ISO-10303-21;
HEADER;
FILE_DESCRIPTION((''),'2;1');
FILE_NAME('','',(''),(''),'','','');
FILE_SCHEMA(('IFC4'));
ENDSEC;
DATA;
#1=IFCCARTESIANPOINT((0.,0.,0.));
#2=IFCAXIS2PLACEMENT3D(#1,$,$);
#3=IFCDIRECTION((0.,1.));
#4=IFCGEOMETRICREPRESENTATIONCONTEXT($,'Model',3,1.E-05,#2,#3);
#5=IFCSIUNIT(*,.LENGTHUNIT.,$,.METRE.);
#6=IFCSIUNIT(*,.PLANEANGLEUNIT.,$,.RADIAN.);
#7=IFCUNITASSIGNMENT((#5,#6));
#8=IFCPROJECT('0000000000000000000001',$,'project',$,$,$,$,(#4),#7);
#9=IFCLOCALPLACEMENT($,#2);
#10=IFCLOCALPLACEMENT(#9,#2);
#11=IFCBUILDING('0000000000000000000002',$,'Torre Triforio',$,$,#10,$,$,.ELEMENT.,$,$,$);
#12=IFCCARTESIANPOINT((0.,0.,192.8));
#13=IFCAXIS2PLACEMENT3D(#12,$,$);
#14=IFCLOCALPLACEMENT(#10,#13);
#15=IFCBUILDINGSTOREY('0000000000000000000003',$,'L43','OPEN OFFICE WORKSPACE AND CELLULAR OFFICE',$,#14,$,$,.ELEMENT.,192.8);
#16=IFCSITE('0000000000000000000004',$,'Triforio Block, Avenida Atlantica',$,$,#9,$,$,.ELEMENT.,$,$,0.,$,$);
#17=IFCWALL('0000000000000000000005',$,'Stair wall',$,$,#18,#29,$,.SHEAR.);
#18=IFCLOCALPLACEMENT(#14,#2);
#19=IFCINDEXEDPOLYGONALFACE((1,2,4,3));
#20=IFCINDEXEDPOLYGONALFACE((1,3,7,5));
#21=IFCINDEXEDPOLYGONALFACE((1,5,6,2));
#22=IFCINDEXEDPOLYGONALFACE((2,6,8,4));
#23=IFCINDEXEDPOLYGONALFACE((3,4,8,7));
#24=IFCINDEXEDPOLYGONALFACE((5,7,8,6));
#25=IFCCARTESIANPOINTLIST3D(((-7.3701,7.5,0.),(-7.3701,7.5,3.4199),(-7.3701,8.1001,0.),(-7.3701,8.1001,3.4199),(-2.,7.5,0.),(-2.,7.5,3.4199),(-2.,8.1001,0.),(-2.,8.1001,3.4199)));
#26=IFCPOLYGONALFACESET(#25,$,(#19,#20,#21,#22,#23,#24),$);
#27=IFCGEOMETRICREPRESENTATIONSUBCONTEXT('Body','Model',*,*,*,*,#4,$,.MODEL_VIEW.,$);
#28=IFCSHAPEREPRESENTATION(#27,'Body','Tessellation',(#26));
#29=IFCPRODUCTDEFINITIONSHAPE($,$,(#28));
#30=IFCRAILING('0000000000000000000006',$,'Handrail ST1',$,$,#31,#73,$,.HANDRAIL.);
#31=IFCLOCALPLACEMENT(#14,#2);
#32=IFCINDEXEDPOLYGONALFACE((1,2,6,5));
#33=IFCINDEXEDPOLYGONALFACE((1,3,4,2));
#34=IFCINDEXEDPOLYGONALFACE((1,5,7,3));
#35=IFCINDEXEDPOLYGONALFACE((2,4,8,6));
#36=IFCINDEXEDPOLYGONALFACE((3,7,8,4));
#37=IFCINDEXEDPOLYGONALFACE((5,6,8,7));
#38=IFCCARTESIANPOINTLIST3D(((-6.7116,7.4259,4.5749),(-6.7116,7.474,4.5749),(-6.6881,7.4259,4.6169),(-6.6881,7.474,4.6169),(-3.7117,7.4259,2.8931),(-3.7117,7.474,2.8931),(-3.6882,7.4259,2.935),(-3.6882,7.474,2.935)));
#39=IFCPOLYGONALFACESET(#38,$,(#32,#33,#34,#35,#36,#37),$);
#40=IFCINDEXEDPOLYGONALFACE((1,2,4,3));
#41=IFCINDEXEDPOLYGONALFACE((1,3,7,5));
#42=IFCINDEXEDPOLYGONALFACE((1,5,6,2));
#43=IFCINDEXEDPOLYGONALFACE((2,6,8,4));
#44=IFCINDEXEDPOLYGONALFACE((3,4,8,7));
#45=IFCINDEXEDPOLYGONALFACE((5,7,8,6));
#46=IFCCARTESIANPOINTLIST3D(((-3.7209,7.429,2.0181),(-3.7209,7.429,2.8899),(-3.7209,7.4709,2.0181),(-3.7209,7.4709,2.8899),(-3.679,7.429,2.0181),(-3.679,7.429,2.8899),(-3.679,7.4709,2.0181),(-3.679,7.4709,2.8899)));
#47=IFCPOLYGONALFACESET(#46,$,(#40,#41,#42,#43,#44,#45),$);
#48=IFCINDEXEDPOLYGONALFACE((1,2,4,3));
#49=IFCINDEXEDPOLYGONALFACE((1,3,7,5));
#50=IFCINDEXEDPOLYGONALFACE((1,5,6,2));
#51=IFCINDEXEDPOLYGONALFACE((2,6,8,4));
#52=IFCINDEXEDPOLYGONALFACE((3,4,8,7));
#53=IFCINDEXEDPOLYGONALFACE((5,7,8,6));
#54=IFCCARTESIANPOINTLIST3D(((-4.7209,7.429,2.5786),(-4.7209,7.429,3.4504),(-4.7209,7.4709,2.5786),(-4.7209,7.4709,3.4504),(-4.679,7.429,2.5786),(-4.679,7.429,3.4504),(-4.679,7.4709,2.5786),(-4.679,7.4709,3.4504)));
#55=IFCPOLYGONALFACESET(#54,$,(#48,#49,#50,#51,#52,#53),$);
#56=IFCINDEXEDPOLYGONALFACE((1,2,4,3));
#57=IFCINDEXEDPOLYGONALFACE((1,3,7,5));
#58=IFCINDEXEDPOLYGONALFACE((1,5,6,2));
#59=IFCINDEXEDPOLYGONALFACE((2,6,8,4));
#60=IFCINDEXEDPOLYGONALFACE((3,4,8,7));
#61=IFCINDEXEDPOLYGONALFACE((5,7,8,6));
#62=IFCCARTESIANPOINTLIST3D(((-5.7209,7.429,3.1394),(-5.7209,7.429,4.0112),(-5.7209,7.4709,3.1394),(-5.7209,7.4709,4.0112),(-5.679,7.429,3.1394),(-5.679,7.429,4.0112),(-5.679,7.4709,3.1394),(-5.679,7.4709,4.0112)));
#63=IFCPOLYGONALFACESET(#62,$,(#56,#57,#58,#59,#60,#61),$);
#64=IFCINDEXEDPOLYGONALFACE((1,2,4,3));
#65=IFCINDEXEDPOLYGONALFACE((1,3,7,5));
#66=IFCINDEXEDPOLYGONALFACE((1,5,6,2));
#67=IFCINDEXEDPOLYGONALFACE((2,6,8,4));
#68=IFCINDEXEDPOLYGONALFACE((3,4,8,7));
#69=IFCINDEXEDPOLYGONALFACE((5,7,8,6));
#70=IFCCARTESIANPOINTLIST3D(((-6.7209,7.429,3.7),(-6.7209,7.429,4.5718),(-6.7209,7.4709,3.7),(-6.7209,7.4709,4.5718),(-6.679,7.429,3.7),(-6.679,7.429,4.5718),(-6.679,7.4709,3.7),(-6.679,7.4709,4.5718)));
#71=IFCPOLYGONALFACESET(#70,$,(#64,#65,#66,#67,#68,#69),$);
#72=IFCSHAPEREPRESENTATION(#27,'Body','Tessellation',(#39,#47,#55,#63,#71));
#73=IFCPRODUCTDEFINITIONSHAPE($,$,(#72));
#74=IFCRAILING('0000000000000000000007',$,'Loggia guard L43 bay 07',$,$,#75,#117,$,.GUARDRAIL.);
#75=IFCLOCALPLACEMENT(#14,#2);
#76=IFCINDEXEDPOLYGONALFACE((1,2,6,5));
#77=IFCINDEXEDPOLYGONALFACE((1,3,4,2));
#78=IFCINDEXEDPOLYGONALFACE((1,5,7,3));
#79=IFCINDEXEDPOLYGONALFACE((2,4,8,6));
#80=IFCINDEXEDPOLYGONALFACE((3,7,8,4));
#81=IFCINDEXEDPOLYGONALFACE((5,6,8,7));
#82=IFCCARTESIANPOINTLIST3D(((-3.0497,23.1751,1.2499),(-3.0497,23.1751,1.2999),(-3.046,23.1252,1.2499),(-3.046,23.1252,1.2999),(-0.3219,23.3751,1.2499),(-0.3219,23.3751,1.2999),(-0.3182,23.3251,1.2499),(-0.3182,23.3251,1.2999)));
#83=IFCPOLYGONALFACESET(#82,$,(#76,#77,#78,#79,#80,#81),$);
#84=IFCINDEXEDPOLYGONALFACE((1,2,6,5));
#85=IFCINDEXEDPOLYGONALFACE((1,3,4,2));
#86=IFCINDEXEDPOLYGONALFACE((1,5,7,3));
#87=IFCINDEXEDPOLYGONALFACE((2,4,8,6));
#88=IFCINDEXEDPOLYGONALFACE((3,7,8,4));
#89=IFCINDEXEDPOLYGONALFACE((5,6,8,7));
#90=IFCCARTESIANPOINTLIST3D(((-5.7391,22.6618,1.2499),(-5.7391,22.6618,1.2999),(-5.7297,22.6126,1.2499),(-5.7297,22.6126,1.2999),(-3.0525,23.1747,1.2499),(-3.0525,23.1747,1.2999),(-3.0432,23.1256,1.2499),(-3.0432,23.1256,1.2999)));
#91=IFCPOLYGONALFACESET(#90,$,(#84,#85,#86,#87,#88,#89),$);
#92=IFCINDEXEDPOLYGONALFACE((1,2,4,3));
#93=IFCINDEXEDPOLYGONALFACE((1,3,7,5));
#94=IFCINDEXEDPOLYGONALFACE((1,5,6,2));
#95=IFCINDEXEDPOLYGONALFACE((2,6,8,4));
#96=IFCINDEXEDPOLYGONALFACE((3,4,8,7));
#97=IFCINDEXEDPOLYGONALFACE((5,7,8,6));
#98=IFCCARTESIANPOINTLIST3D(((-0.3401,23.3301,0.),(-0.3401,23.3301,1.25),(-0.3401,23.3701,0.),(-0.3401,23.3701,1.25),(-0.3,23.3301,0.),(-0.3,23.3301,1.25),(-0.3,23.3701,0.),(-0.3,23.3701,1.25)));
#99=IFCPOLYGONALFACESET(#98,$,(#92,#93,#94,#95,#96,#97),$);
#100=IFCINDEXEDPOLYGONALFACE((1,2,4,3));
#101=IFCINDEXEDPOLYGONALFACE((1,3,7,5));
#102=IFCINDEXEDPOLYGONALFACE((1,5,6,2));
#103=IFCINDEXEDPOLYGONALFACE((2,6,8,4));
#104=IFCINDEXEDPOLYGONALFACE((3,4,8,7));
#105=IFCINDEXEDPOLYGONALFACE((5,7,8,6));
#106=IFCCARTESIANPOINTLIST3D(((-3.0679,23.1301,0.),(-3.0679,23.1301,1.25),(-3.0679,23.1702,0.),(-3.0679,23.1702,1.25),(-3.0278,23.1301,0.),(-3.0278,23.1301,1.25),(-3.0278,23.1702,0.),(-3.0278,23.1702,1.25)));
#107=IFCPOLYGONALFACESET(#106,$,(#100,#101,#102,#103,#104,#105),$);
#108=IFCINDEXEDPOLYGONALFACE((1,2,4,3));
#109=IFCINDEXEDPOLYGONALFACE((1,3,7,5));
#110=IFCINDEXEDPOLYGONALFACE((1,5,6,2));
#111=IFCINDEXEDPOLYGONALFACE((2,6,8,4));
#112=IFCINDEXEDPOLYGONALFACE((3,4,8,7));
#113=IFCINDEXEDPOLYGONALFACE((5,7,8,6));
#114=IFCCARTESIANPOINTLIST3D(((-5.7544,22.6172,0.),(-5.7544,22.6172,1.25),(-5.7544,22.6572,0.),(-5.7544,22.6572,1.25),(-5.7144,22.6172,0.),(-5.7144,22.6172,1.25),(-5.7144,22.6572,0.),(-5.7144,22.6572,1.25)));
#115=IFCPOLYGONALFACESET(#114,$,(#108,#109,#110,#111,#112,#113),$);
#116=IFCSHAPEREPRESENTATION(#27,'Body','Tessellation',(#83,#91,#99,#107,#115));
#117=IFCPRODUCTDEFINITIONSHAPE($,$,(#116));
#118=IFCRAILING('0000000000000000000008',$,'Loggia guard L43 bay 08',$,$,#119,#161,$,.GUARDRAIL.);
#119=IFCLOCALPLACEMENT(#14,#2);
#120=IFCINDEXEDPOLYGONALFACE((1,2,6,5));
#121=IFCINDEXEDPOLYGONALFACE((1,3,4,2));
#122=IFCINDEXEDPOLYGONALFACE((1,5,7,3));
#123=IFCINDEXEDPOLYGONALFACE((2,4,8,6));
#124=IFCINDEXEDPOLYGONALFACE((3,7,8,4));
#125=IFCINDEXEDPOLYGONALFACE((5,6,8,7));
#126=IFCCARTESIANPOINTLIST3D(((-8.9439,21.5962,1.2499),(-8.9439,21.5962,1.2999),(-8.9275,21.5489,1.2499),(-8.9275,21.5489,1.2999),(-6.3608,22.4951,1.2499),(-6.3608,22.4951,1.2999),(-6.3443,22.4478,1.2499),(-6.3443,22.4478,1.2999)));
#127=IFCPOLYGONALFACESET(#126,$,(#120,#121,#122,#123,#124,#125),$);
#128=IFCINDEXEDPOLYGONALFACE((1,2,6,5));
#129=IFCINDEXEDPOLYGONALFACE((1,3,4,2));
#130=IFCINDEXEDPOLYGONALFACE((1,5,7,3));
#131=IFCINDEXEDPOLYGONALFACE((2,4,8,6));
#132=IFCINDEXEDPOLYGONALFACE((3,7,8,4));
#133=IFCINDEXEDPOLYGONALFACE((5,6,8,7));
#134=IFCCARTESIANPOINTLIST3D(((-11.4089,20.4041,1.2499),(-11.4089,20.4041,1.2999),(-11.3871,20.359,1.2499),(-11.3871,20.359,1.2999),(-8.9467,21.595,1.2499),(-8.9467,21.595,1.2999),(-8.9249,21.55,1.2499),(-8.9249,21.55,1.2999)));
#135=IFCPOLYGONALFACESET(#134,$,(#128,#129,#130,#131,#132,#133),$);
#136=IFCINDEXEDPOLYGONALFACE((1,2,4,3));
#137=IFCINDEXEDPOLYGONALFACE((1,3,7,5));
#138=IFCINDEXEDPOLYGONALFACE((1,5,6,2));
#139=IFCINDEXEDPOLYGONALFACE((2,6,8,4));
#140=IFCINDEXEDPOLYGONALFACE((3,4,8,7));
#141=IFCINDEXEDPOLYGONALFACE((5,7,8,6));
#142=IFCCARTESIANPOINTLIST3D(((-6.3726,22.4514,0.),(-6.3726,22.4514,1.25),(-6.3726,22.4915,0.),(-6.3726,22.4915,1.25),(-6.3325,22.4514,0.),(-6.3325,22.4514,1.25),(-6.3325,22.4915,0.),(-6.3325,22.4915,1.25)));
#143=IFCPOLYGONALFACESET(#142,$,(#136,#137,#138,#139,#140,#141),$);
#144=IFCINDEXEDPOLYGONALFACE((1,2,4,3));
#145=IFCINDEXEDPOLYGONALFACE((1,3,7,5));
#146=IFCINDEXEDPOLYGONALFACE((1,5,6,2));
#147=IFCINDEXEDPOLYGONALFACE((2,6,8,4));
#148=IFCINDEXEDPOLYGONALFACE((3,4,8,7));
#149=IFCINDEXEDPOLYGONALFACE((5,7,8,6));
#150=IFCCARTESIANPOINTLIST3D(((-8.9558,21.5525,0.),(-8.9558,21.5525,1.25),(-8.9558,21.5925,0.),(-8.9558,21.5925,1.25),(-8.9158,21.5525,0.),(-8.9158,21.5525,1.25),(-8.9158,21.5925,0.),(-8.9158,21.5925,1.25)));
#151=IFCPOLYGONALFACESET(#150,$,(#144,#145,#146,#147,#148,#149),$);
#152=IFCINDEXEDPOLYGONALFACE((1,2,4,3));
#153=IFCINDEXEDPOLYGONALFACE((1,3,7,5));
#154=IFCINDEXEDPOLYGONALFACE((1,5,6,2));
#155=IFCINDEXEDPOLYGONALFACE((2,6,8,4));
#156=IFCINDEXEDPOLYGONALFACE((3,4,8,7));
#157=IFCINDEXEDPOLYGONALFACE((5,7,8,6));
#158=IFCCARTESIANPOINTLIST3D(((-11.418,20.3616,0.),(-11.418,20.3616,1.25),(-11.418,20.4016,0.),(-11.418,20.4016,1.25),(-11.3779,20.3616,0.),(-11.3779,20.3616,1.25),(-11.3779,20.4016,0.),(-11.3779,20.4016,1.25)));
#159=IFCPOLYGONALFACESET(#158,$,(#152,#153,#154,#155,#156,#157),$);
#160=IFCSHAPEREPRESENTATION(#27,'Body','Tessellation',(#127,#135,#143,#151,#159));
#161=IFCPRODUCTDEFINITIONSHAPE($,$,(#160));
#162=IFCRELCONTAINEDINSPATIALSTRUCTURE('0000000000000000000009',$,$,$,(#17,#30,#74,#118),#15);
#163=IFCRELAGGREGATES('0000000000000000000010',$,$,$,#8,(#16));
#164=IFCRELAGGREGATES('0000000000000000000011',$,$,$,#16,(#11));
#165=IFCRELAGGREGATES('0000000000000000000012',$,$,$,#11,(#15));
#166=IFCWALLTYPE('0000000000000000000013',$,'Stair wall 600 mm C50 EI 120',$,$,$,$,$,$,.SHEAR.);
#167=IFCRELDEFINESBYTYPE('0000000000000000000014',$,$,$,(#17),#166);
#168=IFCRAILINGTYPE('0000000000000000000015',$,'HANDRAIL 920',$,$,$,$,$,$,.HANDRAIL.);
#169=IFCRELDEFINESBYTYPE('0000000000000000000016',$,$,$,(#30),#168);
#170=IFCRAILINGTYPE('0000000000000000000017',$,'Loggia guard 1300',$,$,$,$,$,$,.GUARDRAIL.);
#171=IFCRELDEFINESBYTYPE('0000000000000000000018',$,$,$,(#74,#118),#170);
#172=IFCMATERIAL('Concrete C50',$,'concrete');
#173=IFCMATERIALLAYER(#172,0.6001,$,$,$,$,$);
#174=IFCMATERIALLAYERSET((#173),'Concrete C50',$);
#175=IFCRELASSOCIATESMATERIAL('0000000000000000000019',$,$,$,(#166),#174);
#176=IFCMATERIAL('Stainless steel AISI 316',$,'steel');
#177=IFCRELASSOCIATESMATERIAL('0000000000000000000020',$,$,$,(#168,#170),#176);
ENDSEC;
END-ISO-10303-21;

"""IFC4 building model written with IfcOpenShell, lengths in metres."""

from ifc_helpers import new_model, si_unit, direction, frame, frame_2d, origin, origin_2d, place, context, subcontext, project, spatial, rectangle, extrude, material, layer, layer_set, type_object, element, save


model = new_model("IFC4")

# Units and contexts
model_context = context("Model", 3, precision=1e-05, world=origin(), true_north=direction((0.0, 1.0)))
body_context = subcontext(model_context, "Body", "Model", "MODEL_VIEW")
ifc_project = project(units=[si_unit("LENGTHUNIT", "METRE"), si_unit("PLANEANGLEUNIT", "RADIAN")], contexts=[model_context])

# Site, building, storey
site_placement = place(None, origin())
site = spatial("IfcSite", under=ifc_project, at=site_placement, Name="Triforio Block, Avenida Atlantica", CompositionType="ELEMENT", RefElevation=0.0)
building_placement = place(site_placement, origin())
building = spatial("IfcBuilding", under=site, at=building_placement, Name="Torre Triforio", CompositionType="ELEMENT")
storey_placement = place(building_placement, frame((0.0, 0.0, 192.8)))
storey = spatial("IfcBuildingStorey", under=building, at=storey_placement, Name="L43", Description="OPEN OFFICE WORKSPACE AND CELLULAR OFFICE", CompositionType="ELEMENT", Elevation=192.8)

# Shared definitions
ifc_material_1 = material(Name="Concrete C50", Category="concrete")

# Wall
ifc_layer_1 = layer(ifc_material_1, 0.6001)
ifc_layer_set_1 = layer_set([ifc_layer_1], Name="Concrete C50")
wall_type_1 = type_object("IfcWallType", Name="Stair wall 600 mm C50 EI 120", PredefinedType="SHEAR", material=ifc_layer_set_1)
wall_1_placement = place(storey_placement, frame((-7.3701, 7.8, 0.0), z_axis=(0.0, 0.0, 1.0), x_axis=(1.0, 0.0, 0.0)))
element("IfcWall", 1, at=wall_1_placement, inside=storey, type_object=wall_type_1, Name="Stair wall", PredefinedType="SHEAR", context=body_context, shape_type="SweptSolid", body=[
    extrude(rectangle(XDim=5.3701, YDim=0.6001, at=frame_2d((2.6851, 0.0))), origin(), (0.0, 0.0, 1.0), 3.4199),
])

# Railings
ifc_material_2 = material(Name="Stainless steel AISI 316", Category="steel")
railing_type_1 = type_object("IfcRailingType", Name="HANDRAIL 920", PredefinedType="HANDRAIL", material=ifc_material_2)
railing_1_placement = place(storey_placement, frame((-3.7, 7.45, 2.0181)))
element("IfcRailing", 2, at=railing_1_placement, inside=storey, type_object=railing_type_1, Name="Handrail ST1", PredefinedType="HANDRAIL", context=body_context, shape_type="SweptSolid", body=[
    extrude(rectangle(XDim=0.0481, YDim=0.0481, at=origin_2d()), frame((0.0, 0.0, 0.896), z_axis=(-0.872272, 0.0, 0.48902), x_axis=(0.0, -1.0, 0.0)), (0.0, 0.0, 1.0), 3.4392),
    extrude(rectangle(XDim=0.042, YDim=0.042, at=origin_2d()), origin(), (0.0, 0.0, 1.0), 0.8718),
    extrude(rectangle(XDim=0.042, YDim=0.042, at=origin_2d()), frame((-1.0, 0.0, 0.5605)), (0.0, 0.0, 1.0), 0.8718),
    extrude(rectangle(XDim=0.042, YDim=0.042, at=origin_2d()), frame((-2.0, 0.0, 1.1213)), (0.0, 0.0, 1.0), 0.8718),
    extrude(rectangle(XDim=0.042, YDim=0.042, at=origin_2d()), frame((-3.0, 0.0, 1.6819)), (0.0, 0.0, 1.0), 0.8718),
])
railing_type_2 = type_object("IfcRailingType", Name="Loggia guard 1300", PredefinedType="GUARDRAIL", material=ifc_material_2)
railing_2_placement = place(storey_placement, frame((-0.3201, 23.3501, 0.0)))
element("IfcRailing", 3, at=railing_2_placement, inside=storey, type_object=railing_type_2, Name="Loggia guard L43 bay 07", PredefinedType="GUARDRAIL", context=body_context, shape_type="SweptSolid", body=[
    extrude(rectangle(XDim=0.05, YDim=0.05, at=origin_2d()), frame((0.0, 0.0, 1.2749), z_axis=(-0.997324, -0.073106, 0.0), x_axis=(0.073106, -0.997324, 0.0)), (0.0, 0.0, 1.0), 2.7351),
    extrude(rectangle(XDim=0.05, YDim=0.05, at=origin_2d()), frame((-2.7278, -0.2, 1.2749), z_axis=(-0.982256, -0.187543, 0.0), x_axis=(0.187543, -0.982256, 0.0)), (0.0, 0.0, 1.0), 2.7351),
    extrude(rectangle(XDim=0.04, YDim=0.04, at=origin_2d()), origin(), (0.0, 0.0, 1.0), 1.25),
    extrude(rectangle(XDim=0.04, YDim=0.04, at=origin_2d()), frame((-2.7278, -0.2, 0.0)), (0.0, 0.0, 1.0), 1.25),
    extrude(rectangle(XDim=0.04, YDim=0.04, at=origin_2d()), frame((-5.4143, -0.7129, 0.0)), (0.0, 0.0, 1.0), 1.25),
])
railing_3_placement = place(storey_placement, frame((-6.3525, 22.4714, 0.0)))
element("IfcRailing", 4, at=railing_3_placement, inside=storey, type_object=railing_type_2, Name="Loggia guard L43 bay 08", PredefinedType="GUARDRAIL", context=body_context, shape_type="SweptSolid", body=[
    extrude(rectangle(XDim=0.05, YDim=0.05, at=origin_2d()), frame((0.0, 0.0, 1.2749), z_axis=(-0.944451, -0.328652, 0.0), x_axis=(0.328652, -0.944451, 0.0)), (0.0, 0.0, 1.0), 2.7351),
    extrude(rectangle(XDim=0.05, YDim=0.05, at=origin_2d()), frame((-2.5833, -0.8989, 1.2749), z_axis=(-0.900224, -0.435428, 0.0), x_axis=(0.435428, -0.900224, 0.0)), (0.0, 0.0, 1.0), 2.7351),
    extrude(rectangle(XDim=0.04, YDim=0.04, at=origin_2d()), origin(), (0.0, 0.0, 1.0), 1.25),
    extrude(rectangle(XDim=0.04, YDim=0.04, at=origin_2d()), frame((-2.5833, -0.8989, 0.0)), (0.0, 0.0, 1.0), 1.25),
    extrude(rectangle(XDim=0.04, YDim=0.04, at=origin_2d()), frame((-5.0454, -2.0898, 0.0)), (0.0, 0.0, 1.0), 1.25),
])

save(model, "model.ifc")
